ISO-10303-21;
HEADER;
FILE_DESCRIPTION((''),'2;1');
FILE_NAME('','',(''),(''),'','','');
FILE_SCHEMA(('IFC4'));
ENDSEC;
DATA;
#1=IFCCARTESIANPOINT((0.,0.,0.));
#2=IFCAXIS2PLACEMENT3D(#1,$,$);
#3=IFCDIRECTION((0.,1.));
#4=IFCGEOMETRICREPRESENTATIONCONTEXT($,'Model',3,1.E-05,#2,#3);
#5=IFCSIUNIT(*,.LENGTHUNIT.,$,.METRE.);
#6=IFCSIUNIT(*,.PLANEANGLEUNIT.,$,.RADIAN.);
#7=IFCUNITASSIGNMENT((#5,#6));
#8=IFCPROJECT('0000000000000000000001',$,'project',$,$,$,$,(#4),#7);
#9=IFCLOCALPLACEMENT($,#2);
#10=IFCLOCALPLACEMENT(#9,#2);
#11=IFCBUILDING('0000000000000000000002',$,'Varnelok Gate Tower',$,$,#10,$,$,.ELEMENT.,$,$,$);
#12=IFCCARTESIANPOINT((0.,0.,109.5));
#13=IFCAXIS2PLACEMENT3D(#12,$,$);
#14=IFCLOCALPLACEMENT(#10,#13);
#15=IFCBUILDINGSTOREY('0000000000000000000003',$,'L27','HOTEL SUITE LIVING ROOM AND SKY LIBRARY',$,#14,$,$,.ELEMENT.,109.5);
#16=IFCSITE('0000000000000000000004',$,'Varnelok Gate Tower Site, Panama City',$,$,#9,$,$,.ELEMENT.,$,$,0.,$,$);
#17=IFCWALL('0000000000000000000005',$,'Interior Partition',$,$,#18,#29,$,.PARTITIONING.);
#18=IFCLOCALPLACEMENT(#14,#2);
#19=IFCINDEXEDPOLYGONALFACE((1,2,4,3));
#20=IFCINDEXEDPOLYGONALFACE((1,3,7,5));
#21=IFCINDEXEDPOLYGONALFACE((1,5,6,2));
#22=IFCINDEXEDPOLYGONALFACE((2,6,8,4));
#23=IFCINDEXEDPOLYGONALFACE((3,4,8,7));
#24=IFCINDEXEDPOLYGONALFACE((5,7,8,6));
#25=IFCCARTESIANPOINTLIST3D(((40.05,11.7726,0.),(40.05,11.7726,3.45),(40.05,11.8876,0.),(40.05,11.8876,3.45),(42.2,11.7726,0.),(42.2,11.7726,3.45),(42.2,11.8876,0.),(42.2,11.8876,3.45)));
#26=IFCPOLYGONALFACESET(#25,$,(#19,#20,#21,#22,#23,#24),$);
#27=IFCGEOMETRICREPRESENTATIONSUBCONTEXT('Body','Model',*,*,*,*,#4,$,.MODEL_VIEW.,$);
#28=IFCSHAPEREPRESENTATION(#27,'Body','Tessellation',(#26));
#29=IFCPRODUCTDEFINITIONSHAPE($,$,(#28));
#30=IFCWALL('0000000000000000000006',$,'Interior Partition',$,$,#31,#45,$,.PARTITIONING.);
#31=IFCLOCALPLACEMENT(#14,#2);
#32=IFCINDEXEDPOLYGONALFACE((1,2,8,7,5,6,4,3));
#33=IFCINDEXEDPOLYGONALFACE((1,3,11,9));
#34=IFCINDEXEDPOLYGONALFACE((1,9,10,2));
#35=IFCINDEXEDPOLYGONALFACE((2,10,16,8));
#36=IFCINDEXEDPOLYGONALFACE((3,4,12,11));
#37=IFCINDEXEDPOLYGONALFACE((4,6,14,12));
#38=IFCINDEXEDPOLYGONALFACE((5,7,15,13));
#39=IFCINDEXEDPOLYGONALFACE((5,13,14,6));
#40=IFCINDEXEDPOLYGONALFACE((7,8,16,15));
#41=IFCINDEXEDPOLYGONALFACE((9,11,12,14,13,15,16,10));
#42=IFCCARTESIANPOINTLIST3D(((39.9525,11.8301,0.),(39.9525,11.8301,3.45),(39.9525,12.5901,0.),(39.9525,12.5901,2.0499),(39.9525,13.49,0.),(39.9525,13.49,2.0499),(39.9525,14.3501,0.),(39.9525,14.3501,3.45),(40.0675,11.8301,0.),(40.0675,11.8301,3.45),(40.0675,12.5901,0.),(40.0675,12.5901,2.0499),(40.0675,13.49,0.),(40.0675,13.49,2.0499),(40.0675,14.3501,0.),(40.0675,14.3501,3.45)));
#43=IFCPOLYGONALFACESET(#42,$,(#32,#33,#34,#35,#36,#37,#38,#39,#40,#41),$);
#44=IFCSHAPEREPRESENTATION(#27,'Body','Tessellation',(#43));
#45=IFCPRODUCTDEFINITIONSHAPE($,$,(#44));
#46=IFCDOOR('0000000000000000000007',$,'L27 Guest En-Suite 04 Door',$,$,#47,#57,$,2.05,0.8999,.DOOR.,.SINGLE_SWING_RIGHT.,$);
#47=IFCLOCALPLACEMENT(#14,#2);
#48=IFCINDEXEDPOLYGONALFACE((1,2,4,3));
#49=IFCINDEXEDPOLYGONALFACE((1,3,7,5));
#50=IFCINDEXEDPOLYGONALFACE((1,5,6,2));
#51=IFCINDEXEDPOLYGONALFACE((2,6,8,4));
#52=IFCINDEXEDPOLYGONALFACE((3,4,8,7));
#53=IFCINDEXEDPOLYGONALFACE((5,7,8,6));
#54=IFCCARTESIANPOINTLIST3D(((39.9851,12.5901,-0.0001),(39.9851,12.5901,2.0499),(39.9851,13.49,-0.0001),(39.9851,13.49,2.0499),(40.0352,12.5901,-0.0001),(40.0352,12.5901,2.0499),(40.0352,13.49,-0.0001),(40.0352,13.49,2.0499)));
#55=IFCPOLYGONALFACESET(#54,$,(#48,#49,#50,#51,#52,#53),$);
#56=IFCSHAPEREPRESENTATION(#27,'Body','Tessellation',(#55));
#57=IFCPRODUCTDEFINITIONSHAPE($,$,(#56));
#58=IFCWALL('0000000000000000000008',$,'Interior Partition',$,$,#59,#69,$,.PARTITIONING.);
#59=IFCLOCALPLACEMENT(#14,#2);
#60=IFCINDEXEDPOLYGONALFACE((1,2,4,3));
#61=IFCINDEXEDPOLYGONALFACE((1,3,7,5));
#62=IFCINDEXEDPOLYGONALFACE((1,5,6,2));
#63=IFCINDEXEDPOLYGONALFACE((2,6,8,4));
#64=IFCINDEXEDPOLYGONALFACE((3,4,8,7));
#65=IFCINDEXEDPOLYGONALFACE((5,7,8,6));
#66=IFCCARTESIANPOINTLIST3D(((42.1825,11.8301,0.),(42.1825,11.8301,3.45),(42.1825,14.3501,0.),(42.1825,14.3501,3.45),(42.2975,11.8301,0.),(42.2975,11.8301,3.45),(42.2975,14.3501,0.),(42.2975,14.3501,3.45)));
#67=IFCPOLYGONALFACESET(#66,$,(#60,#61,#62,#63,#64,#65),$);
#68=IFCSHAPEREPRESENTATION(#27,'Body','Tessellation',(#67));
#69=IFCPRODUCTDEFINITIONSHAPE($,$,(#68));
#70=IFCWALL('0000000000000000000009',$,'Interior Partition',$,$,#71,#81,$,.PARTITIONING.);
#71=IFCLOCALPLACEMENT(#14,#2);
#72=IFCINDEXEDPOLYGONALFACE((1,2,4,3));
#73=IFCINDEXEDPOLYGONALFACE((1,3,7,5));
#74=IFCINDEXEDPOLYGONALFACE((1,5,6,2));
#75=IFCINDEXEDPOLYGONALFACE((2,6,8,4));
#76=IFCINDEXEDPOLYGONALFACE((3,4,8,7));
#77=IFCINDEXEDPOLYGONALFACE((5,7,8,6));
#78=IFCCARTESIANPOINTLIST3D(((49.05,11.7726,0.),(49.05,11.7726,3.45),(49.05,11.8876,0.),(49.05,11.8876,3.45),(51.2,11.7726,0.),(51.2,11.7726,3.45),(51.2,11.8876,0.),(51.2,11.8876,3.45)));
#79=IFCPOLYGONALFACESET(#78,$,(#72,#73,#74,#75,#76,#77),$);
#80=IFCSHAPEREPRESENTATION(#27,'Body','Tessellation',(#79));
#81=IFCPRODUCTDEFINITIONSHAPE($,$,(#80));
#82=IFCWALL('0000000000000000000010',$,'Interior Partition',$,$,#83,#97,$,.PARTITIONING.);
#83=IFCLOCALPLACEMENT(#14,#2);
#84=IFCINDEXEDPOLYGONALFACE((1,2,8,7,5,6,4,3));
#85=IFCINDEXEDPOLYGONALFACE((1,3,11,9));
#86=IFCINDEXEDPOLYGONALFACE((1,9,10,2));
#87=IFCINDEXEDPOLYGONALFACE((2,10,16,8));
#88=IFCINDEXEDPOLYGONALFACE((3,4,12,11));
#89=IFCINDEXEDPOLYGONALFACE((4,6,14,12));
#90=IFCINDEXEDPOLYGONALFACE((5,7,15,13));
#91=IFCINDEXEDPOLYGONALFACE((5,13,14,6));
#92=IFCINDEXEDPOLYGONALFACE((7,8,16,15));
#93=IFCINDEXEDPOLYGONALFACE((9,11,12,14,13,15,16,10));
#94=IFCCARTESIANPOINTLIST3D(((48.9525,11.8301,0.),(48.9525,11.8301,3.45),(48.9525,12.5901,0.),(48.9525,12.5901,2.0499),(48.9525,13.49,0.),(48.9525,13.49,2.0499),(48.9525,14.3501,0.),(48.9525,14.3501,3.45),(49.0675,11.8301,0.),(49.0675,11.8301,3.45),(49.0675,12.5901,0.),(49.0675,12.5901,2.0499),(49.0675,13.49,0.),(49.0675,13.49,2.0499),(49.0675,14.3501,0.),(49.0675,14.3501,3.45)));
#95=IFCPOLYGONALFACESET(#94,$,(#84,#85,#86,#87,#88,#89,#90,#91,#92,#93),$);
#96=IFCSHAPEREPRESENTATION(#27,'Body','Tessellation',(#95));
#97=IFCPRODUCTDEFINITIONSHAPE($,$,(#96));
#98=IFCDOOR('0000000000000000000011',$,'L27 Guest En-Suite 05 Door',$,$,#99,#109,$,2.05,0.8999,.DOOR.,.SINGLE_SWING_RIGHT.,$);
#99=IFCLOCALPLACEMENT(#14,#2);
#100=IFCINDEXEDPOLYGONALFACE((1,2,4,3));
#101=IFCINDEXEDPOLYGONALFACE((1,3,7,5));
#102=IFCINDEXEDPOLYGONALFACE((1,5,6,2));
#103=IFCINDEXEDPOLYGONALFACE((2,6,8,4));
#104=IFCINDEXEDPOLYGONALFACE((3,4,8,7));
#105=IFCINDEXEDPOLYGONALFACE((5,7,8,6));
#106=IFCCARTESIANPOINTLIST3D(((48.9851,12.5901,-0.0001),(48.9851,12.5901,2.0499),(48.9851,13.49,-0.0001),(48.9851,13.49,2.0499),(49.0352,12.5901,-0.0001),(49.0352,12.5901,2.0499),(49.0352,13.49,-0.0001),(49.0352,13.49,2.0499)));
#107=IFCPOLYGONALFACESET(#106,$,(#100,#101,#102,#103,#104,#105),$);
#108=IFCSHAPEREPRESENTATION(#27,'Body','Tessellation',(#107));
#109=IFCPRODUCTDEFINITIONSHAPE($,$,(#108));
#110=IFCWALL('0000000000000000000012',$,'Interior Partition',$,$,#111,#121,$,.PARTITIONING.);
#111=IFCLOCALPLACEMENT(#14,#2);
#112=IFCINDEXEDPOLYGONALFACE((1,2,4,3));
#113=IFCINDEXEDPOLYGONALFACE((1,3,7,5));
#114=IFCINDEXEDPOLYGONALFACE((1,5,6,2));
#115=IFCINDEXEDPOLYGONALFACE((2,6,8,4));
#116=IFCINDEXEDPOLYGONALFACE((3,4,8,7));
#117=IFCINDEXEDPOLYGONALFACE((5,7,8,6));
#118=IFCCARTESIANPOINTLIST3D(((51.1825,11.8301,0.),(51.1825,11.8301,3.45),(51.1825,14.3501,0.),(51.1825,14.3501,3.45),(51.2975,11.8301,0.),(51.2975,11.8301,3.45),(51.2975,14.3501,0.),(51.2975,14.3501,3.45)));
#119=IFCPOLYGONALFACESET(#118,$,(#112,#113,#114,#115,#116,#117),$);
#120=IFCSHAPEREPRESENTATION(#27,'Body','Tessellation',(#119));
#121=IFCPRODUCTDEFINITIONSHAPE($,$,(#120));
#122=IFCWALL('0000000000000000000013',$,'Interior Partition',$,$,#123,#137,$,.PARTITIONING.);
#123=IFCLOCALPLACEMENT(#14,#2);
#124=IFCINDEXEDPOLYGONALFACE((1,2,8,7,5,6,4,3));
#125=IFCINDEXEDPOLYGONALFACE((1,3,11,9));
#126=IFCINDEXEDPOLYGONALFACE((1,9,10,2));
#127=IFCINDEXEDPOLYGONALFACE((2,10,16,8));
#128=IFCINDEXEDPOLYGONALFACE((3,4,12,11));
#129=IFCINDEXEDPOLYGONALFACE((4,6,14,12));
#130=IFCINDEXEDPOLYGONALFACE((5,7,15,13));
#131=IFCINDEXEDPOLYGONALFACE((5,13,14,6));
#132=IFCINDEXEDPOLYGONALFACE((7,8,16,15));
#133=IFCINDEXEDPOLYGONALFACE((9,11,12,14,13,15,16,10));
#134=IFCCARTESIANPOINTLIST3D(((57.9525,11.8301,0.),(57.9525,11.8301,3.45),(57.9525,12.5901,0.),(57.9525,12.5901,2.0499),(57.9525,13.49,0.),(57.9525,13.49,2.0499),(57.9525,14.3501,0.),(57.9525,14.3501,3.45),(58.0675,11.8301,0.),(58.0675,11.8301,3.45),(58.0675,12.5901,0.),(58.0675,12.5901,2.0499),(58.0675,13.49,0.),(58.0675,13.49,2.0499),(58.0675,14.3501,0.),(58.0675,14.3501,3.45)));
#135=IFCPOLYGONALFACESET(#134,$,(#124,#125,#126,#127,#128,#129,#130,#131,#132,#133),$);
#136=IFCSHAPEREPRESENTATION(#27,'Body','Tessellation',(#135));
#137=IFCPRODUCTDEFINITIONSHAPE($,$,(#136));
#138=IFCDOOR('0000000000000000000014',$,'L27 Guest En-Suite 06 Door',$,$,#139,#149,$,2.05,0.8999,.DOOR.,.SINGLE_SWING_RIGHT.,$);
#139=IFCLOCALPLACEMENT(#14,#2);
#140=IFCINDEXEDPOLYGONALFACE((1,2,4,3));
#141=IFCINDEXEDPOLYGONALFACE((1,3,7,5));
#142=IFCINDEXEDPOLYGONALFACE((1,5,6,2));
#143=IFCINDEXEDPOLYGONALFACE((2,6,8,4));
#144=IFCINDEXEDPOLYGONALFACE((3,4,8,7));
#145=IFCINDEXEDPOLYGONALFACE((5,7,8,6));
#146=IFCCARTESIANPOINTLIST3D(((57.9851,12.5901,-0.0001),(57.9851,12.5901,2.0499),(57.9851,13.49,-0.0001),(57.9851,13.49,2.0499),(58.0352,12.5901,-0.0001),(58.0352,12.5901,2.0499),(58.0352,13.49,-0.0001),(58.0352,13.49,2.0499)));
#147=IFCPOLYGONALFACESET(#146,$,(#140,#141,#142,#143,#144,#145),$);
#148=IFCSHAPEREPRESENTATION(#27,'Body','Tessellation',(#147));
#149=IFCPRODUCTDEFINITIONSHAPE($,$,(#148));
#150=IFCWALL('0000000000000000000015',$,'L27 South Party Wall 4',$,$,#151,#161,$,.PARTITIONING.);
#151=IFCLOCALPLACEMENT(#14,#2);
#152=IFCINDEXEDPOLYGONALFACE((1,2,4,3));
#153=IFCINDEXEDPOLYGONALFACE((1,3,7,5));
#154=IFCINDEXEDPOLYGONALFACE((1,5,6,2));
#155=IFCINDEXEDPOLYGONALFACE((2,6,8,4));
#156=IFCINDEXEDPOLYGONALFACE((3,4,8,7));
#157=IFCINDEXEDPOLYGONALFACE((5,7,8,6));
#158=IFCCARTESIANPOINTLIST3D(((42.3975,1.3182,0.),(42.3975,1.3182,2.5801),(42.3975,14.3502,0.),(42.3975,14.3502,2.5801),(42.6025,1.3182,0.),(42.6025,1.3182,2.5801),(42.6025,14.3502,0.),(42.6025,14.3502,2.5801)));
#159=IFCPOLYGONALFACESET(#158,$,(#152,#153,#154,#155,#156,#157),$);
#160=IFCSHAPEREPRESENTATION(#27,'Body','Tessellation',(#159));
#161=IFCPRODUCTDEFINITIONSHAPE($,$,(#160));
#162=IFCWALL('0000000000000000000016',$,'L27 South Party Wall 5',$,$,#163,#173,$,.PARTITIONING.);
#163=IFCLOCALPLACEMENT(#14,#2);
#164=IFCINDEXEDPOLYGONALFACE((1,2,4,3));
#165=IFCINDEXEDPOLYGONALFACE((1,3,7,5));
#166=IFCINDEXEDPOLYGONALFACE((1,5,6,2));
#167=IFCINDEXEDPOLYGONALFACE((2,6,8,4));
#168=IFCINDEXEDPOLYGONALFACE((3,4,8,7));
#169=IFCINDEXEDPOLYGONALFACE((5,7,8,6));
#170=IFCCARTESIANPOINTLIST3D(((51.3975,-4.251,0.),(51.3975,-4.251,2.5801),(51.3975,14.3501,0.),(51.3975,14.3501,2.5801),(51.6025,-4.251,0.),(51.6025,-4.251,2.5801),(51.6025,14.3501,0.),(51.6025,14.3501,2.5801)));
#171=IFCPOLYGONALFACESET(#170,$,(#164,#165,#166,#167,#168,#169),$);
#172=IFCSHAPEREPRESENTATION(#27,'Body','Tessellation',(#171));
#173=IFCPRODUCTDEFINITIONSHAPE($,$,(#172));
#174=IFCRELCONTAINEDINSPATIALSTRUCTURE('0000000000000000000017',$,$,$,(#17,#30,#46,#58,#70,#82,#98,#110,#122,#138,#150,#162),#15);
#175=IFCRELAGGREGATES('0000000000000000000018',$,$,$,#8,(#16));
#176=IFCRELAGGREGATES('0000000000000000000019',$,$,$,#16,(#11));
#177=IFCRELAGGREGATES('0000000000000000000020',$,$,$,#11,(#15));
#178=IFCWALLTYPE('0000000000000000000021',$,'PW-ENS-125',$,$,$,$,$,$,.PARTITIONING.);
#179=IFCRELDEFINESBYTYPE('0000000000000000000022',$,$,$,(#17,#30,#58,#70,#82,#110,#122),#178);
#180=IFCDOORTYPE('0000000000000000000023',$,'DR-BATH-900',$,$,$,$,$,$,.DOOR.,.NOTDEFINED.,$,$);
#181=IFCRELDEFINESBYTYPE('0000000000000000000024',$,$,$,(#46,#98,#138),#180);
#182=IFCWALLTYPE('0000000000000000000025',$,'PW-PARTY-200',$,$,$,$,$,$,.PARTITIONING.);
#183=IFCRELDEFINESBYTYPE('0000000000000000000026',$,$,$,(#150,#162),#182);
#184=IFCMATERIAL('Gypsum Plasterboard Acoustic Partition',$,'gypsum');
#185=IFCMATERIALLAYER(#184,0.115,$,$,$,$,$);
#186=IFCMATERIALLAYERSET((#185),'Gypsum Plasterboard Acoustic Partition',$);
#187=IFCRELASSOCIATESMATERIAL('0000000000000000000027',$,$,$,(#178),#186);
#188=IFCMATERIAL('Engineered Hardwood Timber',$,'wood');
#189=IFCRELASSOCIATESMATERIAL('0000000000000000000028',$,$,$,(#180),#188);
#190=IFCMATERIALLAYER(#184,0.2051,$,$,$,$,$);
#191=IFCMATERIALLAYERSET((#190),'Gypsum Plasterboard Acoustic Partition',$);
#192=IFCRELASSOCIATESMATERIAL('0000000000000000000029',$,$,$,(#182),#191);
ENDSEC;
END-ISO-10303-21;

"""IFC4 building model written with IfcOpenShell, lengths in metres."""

from ifc_helpers import new_model, si_unit, direction, frame, frame_2d, origin, place, context, subcontext, project, spatial, rectangle, extrude, material, layer, layer_set, type_object, element, fill, save


model = new_model("IFC4")

# Units and contexts
model_context = context("Model", 3, precision=1e-05, world=origin(), true_north=direction((0.0, 1.0)))
body_context = subcontext(model_context, "Body", "Model", "MODEL_VIEW")
ifc_project = project(units=[si_unit("LENGTHUNIT", "METRE"), si_unit("PLANEANGLEUNIT", "RADIAN")], contexts=[model_context])

# Site, building, storey
site_placement = place(None, origin())
site = spatial("IfcSite", under=ifc_project, at=site_placement, Name="Varnelok Gate Tower Site, Panama City", CompositionType="ELEMENT", RefElevation=0.0)
building_placement = place(site_placement, origin())
building = spatial("IfcBuilding", under=site, at=building_placement, Name="Varnelok Gate Tower", CompositionType="ELEMENT")
storey_placement = place(building_placement, frame((0.0, 0.0, 109.5)))
storey = spatial("IfcBuildingStorey", under=building, at=storey_placement, Name="L27", Description="HOTEL SUITE LIVING ROOM AND SKY LIBRARY", CompositionType="ELEMENT", Elevation=109.5)

# Wall
ifc_material_1 = material(Name="Gypsum Plasterboard Acoustic Partition", Category="gypsum")
ifc_layer_1 = layer(ifc_material_1, 0.115)
ifc_layer_set_1 = layer_set([ifc_layer_1], Name="Gypsum Plasterboard Acoustic Partition")
wall_type_1 = type_object("IfcWallType", Name="PW-ENS-125", PredefinedType="PARTITIONING", material=ifc_layer_set_1)
wall_1_placement = place(storey_placement, frame((40.05, 11.8301, 0.0), z_axis=(0.0, 0.0, 1.0), x_axis=(1.0, 0.0, 0.0)))
element("IfcWall", 1, at=wall_1_placement, inside=storey, type_object=wall_type_1, Name="Interior Partition", PredefinedType="PARTITIONING", context=body_context, shape_type="SweptSolid", body=[
    extrude(rectangle(XDim=2.1499, YDim=0.115, at=frame_2d((1.075, 0.0))), origin(), (0.0, 0.0, 1.0), 3.45),
])

# Wall, opening, door
wall_2_placement = place(storey_placement, frame((40.01, 11.8301, 0.0), z_axis=(0.0, 0.0, 1.0), x_axis=(0.0, 1.0, 0.0)))
wall_2 = element("IfcWall", 2, at=wall_2_placement, inside=storey, type_object=wall_type_1, Name="Interior Partition", PredefinedType="PARTITIONING", context=body_context, shape_type="SweptSolid", body=[
    extrude(rectangle(XDim=2.52, YDim=0.115, at=frame_2d((1.26, 0.0))), origin(), (0.0, 0.0, 1.0), 3.45),
])
opening_1_placement = place(wall_2_placement, frame((0.76, 0.0, 0.0)))
opening_1 = element("IfcOpeningElement", 3, at=opening_1_placement, cuts=wall_2, PredefinedType="OPENING", context=body_context, shape_type="SweptSolid", body=[
    extrude(rectangle(XDim=0.8999, YDim=2.05, at=frame_2d((0.45, 1.0249))), frame((0.0, 0.0674, 0.0), z_axis=(0.0, -1.0, 0.0), x_axis=(1.0, 0.0, 0.0)), (0.0, 0.0, 1.0), 0.135),
])
ifc_material_2 = material(Name="Engineered Hardwood Timber", Category="wood")
door_type_1 = type_object("IfcDoorType", Name="DR-BATH-900", OperationType="NOTDEFINED", PredefinedType="DOOR", material=ifc_material_2)
door_1_placement = place(opening_1_placement, origin())
door_1 = element("IfcDoor", 4, at=door_1_placement, inside=storey, type_object=door_type_1, Name="L27 Guest En-Suite 04 Door", OperationType="SINGLE_SWING_RIGHT", OverallHeight=2.05, OverallWidth=0.8999, PredefinedType="DOOR", context=body_context, shape_type="SweptSolid", body=[
    extrude(rectangle(XDim=0.8999, YDim=2.05, at=frame_2d((0.45, 1.0249))), frame((0.0, 0.0249, 0.0), z_axis=(0.0, -1.0, 0.0), x_axis=(1.0, 0.0, 0.0)), (0.0, 0.0, 1.0), 0.05),
])
fill(opening_1, door_1)

# Walls
wall_3_placement = place(storey_placement, frame((42.24, 11.8301, 0.0), z_axis=(0.0, 0.0, 1.0), x_axis=(0.0, 1.0, 0.0)))
element("IfcWall", 5, at=wall_3_placement, inside=storey, type_object=wall_type_1, Name="Interior Partition", PredefinedType="PARTITIONING", context=body_context, shape_type="SweptSolid", body=[
    extrude(rectangle(XDim=2.52, YDim=0.115, at=frame_2d((1.26, 0.0))), origin(), (0.0, 0.0, 1.0), 3.45),
])
wall_4_placement = place(storey_placement, frame((49.05, 11.8301, 0.0), z_axis=(0.0, 0.0, 1.0), x_axis=(1.0, 0.0, 0.0)))
element("IfcWall", 6, at=wall_4_placement, inside=storey, type_object=wall_type_1, Name="Interior Partition", PredefinedType="PARTITIONING", context=body_context, shape_type="SweptSolid", body=[
    extrude(rectangle(XDim=2.1499, YDim=0.115, at=frame_2d((1.075, 0.0))), origin(), (0.0, 0.0, 1.0), 3.45),
])

# Wall, opening, door
wall_5_placement = place(storey_placement, frame((49.01, 11.8301, 0.0), z_axis=(0.0, 0.0, 1.0), x_axis=(0.0, 1.0, 0.0)))
wall_5 = element("IfcWall", 7, at=wall_5_placement, inside=storey, type_object=wall_type_1, Name="Interior Partition", PredefinedType="PARTITIONING", context=body_context, shape_type="SweptSolid", body=[
    extrude(rectangle(XDim=2.52, YDim=0.115, at=frame_2d((1.26, 0.0))), origin(), (0.0, 0.0, 1.0), 3.45),
])
opening_2_placement = place(wall_5_placement, frame((0.76, 0.0, 0.0)))
opening_2 = element("IfcOpeningElement", 8, at=opening_2_placement, cuts=wall_5, PredefinedType="OPENING", context=body_context, shape_type="SweptSolid", body=[
    extrude(rectangle(XDim=0.8999, YDim=2.05, at=frame_2d((0.45, 1.0249))), frame((0.0, 0.0674, 0.0), z_axis=(0.0, -1.0, 0.0), x_axis=(1.0, 0.0, 0.0)), (0.0, 0.0, 1.0), 0.135),
])
door_2_placement = place(opening_2_placement, origin())
door_2 = element("IfcDoor", 9, at=door_2_placement, inside=storey, type_object=door_type_1, Name="L27 Guest En-Suite 05 Door", OperationType="SINGLE_SWING_RIGHT", OverallHeight=2.05, OverallWidth=0.8999, PredefinedType="DOOR", context=body_context, shape_type="SweptSolid", body=[
    extrude(rectangle(XDim=0.8999, YDim=2.05, at=frame_2d((0.45, 1.0249))), frame((0.0, 0.0249, 0.0), z_axis=(0.0, -1.0, 0.0), x_axis=(1.0, 0.0, 0.0)), (0.0, 0.0, 1.0), 0.05),
])
fill(opening_2, door_2)

# Wall
wall_6_placement = place(storey_placement, frame((51.24, 11.8301, 0.0), z_axis=(0.0, 0.0, 1.0), x_axis=(0.0, 1.0, 0.0)))
element("IfcWall", 10, at=wall_6_placement, inside=storey, type_object=wall_type_1, Name="Interior Partition", PredefinedType="PARTITIONING", context=body_context, shape_type="SweptSolid", body=[
    extrude(rectangle(XDim=2.52, YDim=0.115, at=frame_2d((1.26, 0.0))), origin(), (0.0, 0.0, 1.0), 3.45),
])

# Wall, opening, door
wall_7_placement = place(storey_placement, frame((58.01, 11.8301, 0.0), z_axis=(0.0, 0.0, 1.0), x_axis=(0.0, 1.0, 0.0)))
wall_7 = element("IfcWall", 11, at=wall_7_placement, inside=storey, type_object=wall_type_1, Name="Interior Partition", PredefinedType="PARTITIONING", context=body_context, shape_type="SweptSolid", body=[
    extrude(rectangle(XDim=2.52, YDim=0.115, at=frame_2d((1.26, 0.0))), origin(), (0.0, 0.0, 1.0), 3.45),
])
opening_3_placement = place(wall_7_placement, frame((0.76, 0.0, 0.0)))
opening_3 = element("IfcOpeningElement", 12, at=opening_3_placement, cuts=wall_7, PredefinedType="OPENING", context=body_context, shape_type="SweptSolid", body=[
    extrude(rectangle(XDim=0.8999, YDim=2.05, at=frame_2d((0.45, 1.0249))), frame((0.0, 0.0674, 0.0), z_axis=(0.0, -1.0, 0.0), x_axis=(1.0, 0.0, 0.0)), (0.0, 0.0, 1.0), 0.135),
])
door_3_placement = place(opening_3_placement, origin())
door_3 = element("IfcDoor", 13, at=door_3_placement, inside=storey, type_object=door_type_1, Name="L27 Guest En-Suite 06 Door", OperationType="SINGLE_SWING_RIGHT", OverallHeight=2.05, OverallWidth=0.8999, PredefinedType="DOOR", context=body_context, shape_type="SweptSolid", body=[
    extrude(rectangle(XDim=0.8999, YDim=2.05, at=frame_2d((0.45, 1.0249))), frame((0.0, 0.0249, 0.0), z_axis=(0.0, -1.0, 0.0), x_axis=(1.0, 0.0, 0.0)), (0.0, 0.0, 1.0), 0.05),
])
fill(opening_3, door_3)

# Walls
ifc_layer_2 = layer(ifc_material_1, 0.2051)
ifc_layer_set_2 = layer_set([ifc_layer_2], Name="Gypsum Plasterboard Acoustic Partition")
wall_type_2 = type_object("IfcWallType", Name="PW-PARTY-200", PredefinedType="PARTITIONING", material=ifc_layer_set_2)
wall_8_placement = place(storey_placement, frame((42.5, 1.3181, 0.0), z_axis=(0.0, 0.0, 1.0), x_axis=(0.0, 1.0, 0.0)))
element("IfcWall", 14, at=wall_8_placement, inside=storey, type_object=wall_type_2, Name="L27 South Party Wall 4", PredefinedType="PARTITIONING", context=body_context, shape_type="SweptSolid", body=[
    extrude(rectangle(XDim=13.032, YDim=0.2051, at=frame_2d((6.5161, 0.0))), origin(), (0.0, 0.0, 1.0), 2.5801),
])
wall_9_placement = place(storey_placement, frame((51.5, -4.251, 0.0), z_axis=(0.0, 0.0, 1.0), x_axis=(0.0, 1.0, 0.0)))
element("IfcWall", 15, at=wall_9_placement, inside=storey, type_object=wall_type_2, Name="L27 South Party Wall 5", PredefinedType="PARTITIONING", context=body_context, shape_type="SweptSolid", body=[
    extrude(rectangle(XDim=18.6011, YDim=0.2051, at=frame_2d((9.3005, 0.0))), origin(), (0.0, 0.0, 1.0), 2.5801),
])

save(model, "model.ifc")
